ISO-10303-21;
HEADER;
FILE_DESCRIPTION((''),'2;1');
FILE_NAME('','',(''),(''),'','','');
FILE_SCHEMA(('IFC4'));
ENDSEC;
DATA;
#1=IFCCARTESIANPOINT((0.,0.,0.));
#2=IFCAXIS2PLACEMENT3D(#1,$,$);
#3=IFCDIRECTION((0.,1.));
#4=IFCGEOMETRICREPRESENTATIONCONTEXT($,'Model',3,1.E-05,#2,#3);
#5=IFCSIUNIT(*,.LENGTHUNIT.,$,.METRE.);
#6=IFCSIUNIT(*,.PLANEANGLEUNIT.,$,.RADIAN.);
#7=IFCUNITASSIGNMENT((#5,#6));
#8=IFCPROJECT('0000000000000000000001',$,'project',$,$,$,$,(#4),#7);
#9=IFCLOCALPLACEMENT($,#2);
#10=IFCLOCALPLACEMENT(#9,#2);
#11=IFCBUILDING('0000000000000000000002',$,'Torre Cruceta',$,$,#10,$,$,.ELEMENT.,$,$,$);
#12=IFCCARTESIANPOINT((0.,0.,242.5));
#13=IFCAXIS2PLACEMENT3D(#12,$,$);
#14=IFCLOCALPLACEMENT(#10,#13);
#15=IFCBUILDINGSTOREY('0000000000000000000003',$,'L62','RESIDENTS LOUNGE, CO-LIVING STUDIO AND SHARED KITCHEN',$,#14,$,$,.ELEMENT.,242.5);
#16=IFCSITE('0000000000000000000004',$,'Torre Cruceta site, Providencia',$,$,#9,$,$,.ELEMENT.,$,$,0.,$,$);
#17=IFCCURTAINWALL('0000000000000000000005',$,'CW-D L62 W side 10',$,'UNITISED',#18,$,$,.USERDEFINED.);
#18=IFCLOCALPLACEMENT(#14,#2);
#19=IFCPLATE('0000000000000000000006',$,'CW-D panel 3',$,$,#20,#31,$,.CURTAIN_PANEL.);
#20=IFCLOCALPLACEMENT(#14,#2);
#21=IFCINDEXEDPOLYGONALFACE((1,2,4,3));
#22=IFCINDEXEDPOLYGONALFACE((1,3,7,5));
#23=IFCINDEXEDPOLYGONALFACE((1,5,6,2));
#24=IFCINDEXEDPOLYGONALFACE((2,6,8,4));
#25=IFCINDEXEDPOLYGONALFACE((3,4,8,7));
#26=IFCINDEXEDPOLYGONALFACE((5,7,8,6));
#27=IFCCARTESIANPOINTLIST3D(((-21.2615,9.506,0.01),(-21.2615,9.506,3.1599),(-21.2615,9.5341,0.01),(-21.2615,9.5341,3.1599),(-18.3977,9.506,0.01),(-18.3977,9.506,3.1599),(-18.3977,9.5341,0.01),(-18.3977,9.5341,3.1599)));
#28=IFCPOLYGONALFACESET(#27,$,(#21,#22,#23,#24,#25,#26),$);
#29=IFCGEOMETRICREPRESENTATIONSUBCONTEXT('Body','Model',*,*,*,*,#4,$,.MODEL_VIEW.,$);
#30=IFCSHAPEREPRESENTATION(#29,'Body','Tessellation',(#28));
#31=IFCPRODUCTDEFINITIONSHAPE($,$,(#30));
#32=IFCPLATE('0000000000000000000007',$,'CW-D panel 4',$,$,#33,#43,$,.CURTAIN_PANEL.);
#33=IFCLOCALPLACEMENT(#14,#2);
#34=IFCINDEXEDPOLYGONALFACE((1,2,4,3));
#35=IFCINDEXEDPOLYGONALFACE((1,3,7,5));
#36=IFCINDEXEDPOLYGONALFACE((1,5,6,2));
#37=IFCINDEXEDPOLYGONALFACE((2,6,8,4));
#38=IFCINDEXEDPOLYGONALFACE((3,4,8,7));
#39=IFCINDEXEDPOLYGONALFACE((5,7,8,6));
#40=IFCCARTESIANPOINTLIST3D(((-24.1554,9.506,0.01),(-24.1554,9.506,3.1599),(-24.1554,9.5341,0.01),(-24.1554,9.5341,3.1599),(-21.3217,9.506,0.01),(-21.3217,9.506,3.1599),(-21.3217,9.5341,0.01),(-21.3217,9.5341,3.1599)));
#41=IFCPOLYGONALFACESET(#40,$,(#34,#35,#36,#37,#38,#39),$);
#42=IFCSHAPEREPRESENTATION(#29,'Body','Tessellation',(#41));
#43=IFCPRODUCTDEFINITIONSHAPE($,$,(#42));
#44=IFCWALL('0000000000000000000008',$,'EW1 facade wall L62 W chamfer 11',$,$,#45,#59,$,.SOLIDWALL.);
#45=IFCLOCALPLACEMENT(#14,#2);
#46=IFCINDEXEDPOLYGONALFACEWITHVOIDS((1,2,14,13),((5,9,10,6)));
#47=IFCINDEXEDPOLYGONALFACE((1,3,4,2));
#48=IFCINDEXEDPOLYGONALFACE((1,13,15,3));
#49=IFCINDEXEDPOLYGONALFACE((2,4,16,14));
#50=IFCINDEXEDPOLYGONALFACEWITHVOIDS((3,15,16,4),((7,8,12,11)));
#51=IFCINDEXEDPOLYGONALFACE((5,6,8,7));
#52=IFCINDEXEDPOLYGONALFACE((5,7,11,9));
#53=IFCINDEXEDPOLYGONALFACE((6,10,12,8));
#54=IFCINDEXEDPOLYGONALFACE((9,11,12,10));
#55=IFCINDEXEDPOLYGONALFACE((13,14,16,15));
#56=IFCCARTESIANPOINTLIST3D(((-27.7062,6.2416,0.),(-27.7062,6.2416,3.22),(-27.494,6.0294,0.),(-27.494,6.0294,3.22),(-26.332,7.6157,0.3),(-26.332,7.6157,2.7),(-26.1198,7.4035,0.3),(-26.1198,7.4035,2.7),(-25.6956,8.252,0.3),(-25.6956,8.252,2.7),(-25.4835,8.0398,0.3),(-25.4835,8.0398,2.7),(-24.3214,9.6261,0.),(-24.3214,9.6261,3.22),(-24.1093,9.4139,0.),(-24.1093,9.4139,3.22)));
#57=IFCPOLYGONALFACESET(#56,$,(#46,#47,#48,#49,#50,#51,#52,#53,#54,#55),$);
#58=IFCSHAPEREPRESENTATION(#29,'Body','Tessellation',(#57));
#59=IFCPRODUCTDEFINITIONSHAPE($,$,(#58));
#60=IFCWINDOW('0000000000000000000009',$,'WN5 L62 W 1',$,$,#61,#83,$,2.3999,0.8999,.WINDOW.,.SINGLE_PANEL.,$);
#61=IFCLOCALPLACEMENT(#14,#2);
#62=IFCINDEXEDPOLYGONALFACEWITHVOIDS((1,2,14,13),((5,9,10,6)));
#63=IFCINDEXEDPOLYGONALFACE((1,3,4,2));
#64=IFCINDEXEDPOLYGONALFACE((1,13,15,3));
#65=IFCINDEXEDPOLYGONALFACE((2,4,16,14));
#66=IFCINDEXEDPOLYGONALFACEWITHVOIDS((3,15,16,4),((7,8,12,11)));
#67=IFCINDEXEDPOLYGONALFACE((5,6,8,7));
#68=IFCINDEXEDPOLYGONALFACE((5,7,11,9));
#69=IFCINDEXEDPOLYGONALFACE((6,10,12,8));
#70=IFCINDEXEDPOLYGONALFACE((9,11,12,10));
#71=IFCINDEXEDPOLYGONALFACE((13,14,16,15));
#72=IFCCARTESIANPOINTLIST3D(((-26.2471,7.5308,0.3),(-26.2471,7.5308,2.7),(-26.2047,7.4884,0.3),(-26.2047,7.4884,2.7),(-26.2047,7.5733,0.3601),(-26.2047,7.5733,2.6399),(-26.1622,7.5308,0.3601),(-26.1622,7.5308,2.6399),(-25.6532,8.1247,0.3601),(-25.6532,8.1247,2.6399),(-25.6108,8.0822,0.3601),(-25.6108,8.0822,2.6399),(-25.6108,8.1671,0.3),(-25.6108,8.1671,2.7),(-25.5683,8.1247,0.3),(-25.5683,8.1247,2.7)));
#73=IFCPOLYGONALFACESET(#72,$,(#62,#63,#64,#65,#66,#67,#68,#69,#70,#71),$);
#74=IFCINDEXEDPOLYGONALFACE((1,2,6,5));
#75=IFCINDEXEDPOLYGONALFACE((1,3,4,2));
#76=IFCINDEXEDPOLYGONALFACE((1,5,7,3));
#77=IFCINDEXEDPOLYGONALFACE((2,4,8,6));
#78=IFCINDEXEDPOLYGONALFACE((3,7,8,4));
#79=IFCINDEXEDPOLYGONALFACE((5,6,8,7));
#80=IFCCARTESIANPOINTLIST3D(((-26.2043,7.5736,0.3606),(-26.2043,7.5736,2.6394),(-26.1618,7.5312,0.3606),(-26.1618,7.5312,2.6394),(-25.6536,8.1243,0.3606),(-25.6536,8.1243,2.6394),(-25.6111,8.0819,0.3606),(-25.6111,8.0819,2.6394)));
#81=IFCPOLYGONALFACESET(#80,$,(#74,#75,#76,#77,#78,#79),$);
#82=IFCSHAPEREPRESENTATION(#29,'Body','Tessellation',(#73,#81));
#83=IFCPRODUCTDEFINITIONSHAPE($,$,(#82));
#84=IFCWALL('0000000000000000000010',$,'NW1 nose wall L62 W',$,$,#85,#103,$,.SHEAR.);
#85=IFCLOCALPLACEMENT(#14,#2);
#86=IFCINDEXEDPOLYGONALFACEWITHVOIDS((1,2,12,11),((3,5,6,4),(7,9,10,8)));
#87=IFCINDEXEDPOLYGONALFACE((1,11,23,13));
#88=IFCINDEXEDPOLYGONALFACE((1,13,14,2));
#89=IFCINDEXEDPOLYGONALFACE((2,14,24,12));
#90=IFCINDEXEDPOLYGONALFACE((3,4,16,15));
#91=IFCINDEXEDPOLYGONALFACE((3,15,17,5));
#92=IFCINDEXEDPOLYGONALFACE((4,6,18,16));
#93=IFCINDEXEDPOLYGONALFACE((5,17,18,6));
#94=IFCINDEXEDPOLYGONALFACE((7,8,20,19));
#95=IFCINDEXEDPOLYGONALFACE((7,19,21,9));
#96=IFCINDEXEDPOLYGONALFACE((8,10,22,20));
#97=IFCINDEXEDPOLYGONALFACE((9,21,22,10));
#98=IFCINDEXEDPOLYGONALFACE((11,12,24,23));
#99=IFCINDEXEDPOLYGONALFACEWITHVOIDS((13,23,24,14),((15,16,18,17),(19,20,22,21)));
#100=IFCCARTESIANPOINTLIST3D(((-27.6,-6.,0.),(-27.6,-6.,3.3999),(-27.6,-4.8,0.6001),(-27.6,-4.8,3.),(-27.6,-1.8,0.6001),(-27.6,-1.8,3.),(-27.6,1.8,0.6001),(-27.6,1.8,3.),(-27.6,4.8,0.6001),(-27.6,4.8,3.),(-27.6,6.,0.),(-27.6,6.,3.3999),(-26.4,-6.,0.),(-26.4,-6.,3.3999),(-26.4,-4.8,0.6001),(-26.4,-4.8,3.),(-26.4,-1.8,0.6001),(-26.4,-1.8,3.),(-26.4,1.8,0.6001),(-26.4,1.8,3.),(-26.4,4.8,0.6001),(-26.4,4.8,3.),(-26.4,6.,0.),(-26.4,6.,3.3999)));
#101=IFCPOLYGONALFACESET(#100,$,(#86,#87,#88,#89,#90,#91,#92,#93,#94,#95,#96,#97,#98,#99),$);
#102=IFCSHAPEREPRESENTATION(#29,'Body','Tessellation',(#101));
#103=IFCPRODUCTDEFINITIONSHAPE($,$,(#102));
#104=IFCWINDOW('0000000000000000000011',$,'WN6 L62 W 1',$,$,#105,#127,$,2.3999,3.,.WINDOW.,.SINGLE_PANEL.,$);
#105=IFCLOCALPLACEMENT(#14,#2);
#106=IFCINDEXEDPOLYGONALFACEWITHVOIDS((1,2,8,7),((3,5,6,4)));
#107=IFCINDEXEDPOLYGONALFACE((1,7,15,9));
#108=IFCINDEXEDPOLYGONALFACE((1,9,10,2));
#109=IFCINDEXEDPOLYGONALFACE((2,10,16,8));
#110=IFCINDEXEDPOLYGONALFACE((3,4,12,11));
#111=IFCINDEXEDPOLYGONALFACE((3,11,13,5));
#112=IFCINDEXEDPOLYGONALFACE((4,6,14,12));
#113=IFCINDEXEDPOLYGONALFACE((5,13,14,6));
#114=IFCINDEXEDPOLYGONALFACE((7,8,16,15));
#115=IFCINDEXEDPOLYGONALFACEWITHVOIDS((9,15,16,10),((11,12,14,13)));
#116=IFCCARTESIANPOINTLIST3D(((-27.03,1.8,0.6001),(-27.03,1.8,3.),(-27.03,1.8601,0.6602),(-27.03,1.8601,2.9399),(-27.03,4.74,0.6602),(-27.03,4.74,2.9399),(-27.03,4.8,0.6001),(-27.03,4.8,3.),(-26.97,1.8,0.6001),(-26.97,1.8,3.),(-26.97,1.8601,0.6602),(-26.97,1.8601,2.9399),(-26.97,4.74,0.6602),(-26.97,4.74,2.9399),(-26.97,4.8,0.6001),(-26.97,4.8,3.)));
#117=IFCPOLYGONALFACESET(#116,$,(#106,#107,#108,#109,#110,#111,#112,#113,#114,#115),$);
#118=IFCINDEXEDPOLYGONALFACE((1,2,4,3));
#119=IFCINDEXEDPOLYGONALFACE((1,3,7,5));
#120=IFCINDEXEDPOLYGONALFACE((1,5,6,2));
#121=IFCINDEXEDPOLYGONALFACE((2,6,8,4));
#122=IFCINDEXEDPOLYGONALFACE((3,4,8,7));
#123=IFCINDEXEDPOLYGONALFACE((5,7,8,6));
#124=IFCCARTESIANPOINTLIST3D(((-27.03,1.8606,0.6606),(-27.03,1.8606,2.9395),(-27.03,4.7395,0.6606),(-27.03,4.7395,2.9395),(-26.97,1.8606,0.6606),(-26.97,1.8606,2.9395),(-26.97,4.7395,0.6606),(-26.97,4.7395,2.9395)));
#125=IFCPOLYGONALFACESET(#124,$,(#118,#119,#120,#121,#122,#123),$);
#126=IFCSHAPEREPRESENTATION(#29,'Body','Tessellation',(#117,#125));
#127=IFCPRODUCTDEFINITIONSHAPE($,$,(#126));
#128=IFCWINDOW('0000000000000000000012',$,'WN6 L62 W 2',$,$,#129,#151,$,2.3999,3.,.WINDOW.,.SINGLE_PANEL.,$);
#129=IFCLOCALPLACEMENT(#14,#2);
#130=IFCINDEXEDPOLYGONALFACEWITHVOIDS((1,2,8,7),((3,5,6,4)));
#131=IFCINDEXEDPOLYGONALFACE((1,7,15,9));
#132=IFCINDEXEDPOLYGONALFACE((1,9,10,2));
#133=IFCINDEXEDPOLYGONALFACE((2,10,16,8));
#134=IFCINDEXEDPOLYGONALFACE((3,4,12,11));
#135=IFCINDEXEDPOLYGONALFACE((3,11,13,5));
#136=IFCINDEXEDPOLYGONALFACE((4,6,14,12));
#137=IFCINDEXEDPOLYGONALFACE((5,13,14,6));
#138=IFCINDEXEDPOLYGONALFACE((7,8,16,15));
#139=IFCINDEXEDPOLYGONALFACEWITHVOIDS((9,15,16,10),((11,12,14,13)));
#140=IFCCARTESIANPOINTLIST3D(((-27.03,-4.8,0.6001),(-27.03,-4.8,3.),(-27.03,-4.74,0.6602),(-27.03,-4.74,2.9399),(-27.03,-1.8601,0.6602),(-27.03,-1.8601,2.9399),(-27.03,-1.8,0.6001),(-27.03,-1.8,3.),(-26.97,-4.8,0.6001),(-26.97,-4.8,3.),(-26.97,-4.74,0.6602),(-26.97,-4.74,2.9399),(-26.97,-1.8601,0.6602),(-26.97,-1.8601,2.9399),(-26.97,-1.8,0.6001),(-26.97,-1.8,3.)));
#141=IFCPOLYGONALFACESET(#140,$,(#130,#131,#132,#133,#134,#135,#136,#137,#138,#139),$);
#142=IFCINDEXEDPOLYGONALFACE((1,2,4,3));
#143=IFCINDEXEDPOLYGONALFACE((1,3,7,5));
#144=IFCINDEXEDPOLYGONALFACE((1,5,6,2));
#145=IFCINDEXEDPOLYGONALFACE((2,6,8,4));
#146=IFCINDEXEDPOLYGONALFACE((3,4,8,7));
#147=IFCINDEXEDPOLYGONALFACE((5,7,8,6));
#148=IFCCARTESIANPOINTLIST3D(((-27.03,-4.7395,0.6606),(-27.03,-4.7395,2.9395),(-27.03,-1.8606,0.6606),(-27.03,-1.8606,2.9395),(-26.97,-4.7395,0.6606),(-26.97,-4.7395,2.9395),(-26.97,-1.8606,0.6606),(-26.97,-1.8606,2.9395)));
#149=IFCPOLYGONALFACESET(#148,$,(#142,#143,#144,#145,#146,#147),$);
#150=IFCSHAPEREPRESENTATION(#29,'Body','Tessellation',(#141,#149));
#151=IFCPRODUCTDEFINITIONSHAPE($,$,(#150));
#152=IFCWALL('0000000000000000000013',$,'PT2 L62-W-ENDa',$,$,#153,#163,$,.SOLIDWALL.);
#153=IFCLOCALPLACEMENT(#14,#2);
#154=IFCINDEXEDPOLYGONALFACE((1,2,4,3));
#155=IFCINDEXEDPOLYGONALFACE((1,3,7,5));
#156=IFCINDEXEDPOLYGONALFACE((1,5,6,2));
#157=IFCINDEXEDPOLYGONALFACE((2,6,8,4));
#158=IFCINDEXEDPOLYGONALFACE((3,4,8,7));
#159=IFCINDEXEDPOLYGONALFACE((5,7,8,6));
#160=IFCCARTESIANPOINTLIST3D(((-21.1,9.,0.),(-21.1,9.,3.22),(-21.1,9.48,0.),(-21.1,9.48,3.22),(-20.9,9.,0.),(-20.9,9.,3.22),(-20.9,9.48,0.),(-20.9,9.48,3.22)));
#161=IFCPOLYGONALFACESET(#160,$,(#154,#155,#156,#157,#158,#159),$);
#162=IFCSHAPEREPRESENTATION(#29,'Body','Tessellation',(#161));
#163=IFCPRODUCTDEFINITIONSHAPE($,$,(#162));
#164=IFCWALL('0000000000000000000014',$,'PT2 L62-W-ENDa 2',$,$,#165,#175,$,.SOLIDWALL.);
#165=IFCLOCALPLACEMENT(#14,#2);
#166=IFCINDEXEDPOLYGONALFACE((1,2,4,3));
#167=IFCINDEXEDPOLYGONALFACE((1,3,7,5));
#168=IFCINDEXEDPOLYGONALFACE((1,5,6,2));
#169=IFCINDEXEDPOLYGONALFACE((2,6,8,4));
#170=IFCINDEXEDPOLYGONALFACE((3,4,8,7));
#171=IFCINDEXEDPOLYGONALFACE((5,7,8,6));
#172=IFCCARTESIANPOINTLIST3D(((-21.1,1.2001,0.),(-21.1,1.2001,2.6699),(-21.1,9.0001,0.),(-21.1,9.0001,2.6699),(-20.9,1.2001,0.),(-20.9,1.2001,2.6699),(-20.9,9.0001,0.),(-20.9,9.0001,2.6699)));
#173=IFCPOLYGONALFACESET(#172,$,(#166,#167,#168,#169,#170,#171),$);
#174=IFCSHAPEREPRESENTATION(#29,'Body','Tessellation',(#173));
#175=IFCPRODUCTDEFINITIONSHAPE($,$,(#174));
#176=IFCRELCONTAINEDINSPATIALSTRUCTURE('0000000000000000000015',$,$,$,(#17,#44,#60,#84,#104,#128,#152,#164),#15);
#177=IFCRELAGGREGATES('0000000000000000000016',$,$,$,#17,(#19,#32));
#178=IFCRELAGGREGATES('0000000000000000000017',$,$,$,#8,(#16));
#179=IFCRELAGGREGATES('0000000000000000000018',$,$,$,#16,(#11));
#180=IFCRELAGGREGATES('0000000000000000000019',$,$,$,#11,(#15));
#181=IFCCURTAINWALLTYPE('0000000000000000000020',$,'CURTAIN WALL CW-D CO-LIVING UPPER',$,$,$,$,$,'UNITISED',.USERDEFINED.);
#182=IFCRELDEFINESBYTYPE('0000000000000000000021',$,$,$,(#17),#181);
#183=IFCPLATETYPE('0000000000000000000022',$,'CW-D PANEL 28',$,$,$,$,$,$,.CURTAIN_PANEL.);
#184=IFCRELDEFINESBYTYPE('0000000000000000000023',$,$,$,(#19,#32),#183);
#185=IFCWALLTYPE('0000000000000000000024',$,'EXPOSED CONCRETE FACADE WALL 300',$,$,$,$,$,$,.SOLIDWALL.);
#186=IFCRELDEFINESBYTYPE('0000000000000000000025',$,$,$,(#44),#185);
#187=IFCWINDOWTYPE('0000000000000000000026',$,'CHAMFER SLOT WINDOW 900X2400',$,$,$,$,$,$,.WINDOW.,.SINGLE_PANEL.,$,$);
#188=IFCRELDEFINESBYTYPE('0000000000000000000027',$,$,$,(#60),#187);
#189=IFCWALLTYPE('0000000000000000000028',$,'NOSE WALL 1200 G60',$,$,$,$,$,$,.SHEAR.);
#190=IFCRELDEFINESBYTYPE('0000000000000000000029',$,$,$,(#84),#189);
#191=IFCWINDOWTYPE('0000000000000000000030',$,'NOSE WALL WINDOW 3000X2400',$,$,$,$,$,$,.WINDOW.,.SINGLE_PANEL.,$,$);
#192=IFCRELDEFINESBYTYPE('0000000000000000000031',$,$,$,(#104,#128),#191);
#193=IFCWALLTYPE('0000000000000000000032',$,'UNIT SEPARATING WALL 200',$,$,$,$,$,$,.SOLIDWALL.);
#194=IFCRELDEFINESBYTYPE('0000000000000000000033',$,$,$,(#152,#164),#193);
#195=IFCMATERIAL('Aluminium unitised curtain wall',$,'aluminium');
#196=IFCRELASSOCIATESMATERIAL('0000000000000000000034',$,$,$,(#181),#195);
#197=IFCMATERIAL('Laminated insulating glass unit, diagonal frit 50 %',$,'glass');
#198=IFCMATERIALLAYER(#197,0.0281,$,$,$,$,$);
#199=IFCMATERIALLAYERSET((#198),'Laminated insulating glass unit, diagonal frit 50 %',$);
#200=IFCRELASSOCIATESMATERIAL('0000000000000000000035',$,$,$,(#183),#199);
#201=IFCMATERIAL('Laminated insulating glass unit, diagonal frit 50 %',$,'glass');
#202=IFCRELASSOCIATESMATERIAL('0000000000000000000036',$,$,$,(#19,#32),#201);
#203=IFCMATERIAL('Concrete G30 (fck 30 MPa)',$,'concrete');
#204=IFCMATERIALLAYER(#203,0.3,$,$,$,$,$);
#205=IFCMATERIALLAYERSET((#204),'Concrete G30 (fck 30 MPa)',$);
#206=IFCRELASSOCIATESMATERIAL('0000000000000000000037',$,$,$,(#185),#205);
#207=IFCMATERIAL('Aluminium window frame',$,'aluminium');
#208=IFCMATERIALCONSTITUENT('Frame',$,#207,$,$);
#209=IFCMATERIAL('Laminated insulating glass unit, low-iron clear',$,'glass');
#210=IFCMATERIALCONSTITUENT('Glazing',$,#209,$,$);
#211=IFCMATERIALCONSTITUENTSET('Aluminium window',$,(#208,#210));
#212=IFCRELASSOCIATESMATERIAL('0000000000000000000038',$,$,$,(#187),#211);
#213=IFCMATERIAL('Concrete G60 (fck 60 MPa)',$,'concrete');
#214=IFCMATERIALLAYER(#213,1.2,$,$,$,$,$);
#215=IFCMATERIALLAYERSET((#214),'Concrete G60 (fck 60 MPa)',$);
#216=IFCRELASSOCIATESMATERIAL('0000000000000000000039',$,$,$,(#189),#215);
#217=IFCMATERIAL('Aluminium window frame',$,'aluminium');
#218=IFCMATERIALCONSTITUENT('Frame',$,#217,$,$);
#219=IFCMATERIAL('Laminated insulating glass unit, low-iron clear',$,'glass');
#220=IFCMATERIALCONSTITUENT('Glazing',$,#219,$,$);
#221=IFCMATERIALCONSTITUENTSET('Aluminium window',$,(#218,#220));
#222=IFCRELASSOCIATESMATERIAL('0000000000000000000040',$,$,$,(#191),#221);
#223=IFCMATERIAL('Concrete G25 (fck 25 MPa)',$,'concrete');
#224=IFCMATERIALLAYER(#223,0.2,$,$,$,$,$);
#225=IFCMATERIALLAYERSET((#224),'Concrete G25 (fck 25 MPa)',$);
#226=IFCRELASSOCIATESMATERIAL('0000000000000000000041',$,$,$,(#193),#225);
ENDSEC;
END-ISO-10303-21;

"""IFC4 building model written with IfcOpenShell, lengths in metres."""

from ifc_helpers import new_model, si_unit, direction, frame, frame_2d, origin, origin_2d, place, context, subcontext, project, spatial, rectangle, hollow_rectangle, extrude, material, layer, layer_set, constituent, constituent_set, type_object, element, fill, aggregate, save


model = new_model("IFC4")

# Units and contexts
model_context = context("Model", 3, precision=1e-05, world=origin(), true_north=direction((0.0, 1.0)))
body_context = subcontext(model_context, "Body", "Model", "MODEL_VIEW")
ifc_project = project(units=[si_unit("LENGTHUNIT", "METRE"), si_unit("PLANEANGLEUNIT", "RADIAN")], contexts=[model_context])

# Site, building, storey
site_placement = place(None, origin())
site = spatial("IfcSite", under=ifc_project, at=site_placement, Name="Torre Cruceta site, Providencia", CompositionType="ELEMENT", RefElevation=0.0)
building_placement = place(site_placement, origin())
building = spatial("IfcBuilding", under=site, at=building_placement, Name="Torre Cruceta", CompositionType="ELEMENT")
storey_placement = place(building_placement, frame((0.0, 0.0, 242.5)))
storey = spatial("IfcBuildingStorey", under=building, at=storey_placement, Name="L62", Description="RESIDENTS LOUNGE, CO-LIVING STUDIO AND SHARED KITCHEN", CompositionType="ELEMENT", Elevation=242.5)

# Curtain wall
ifc_material_1 = material(Name="Aluminium unitised curtain wall", Category="aluminium")
curtain_wall_type = type_object("IfcCurtainWallType", Name="CURTAIN WALL CW-D CO-LIVING UPPER", ElementType="UNITISED", PredefinedType="USERDEFINED", material=ifc_material_1)
curtain_wall_placement = place(storey_placement, origin())
curtain_wall = element("IfcCurtainWall", 1, at=curtain_wall_placement, inside=storey, type_object=curtain_wall_type, Name="CW-D L62 W side 10", ObjectType="UNITISED", PredefinedType="USERDEFINED")

# Plates
ifc_material_2 = material(Name="Laminated insulating glass unit, diagonal frit 50 %", Category="glass")
ifc_material_3 = material(Name="Laminated insulating glass unit, diagonal frit 50 %", Category="glass")
ifc_layer_1 = layer(ifc_material_3, 0.0281)
ifc_layer_set_1 = layer_set([ifc_layer_1], Name="Laminated insulating glass unit, diagonal frit 50 %")
plate_type = type_object("IfcPlateType", Name="CW-D PANEL 28", PredefinedType="CURTAIN_PANEL", material=ifc_layer_set_1)
plate_1_placement = place(storey_placement, frame((-19.8296, 9.52, 0.01), z_axis=(0.0, 0.0, 1.0), x_axis=(-1.0, 0.0, 0.0)))
plate_1 = element("IfcPlate", 2, at=plate_1_placement, type_object=plate_type, material=ifc_material_2, Name="CW-D panel 3", PredefinedType="CURTAIN_PANEL", context=body_context, shape_type="SweptSolid", body=[
    extrude(rectangle(XDim=2.8638, YDim=0.0281, at=origin_2d()), origin(), (0.0, 0.0, 1.0), 3.1499),
])
plate_2_placement = place(storey_placement, frame((-22.7385, 9.52, 0.01), z_axis=(0.0, 0.0, 1.0), x_axis=(-1.0, 0.0, 0.0)))
plate_2 = element("IfcPlate", 3, at=plate_2_placement, type_object=plate_type, material=ifc_material_2, Name="CW-D panel 4", PredefinedType="CURTAIN_PANEL", context=body_context, shape_type="SweptSolid", body=[
    extrude(rectangle(XDim=2.8337, YDim=0.0281, at=origin_2d()), origin(), (0.0, 0.0, 1.0), 3.1499),
])
aggregate(curtain_wall, [plate_1, plate_2])

# Wall, opening, window
ifc_material_4 = material(Name="Concrete G30 (fck 30 MPa)", Category="concrete")
ifc_layer_2 = layer(ifc_material_4, 0.3)
ifc_layer_set_2 = layer_set([ifc_layer_2], Name="Concrete G30 (fck 30 MPa)")
wall_type_1 = type_object("IfcWallType", Name="EXPOSED CONCRETE FACADE WALL 300", PredefinedType="SOLIDWALL", material=ifc_layer_set_2)
wall_1_placement = place(storey_placement, frame((-24.2153, 9.52, 0.0), z_axis=(0.0, 0.0, 1.0), x_axis=(-0.707132, -0.707081, 0.0)))
wall_1 = element("IfcWall", 4, at=wall_1_placement, inside=storey, type_object=wall_type_1, Name="EW1 facade wall L62 W chamfer 11", PredefinedType="SOLIDWALL", context=body_context, shape_type="SweptSolid", body=[
    extrude(rectangle(XDim=4.7866, YDim=0.3, at=frame_2d((2.3933, 0.0))), origin(), (0.0, 0.0, 1.0), 3.22),
])
opening_1_placement = place(wall_1_placement, frame((1.9434, 0.0, 0.3)))
opening_1 = element("IfcOpeningElement", 5, at=opening_1_placement, cuts=wall_1, PredefinedType="OPENING", context=body_context, shape_type="SweptSolid", body=[
    extrude(rectangle(XDim=0.8999, YDim=2.3999, at=frame_2d((0.45, 1.2))), frame((0.0, 0.1599, 0.0), z_axis=(0.0, -1.0, 0.0), x_axis=(1.0, 0.0, 0.0)), (0.0, 0.0, 1.0), 0.3201),
])
ifc_material_5 = material(Name="Aluminium window frame", Category="aluminium")
ifc_constituent_1 = constituent(ifc_material_5, Name="Frame")
ifc_material_6 = material(Name="Laminated insulating glass unit, low-iron clear", Category="glass")
ifc_constituent_2 = constituent(ifc_material_6, Name="Glazing")
ifc_constituent_set_1 = constituent_set(constituents=[ifc_constituent_1, ifc_constituent_2], Name="Aluminium window")
window_type_1 = type_object("IfcWindowType", Name="CHAMFER SLOT WINDOW 900X2400", PartitioningType="SINGLE_PANEL", PredefinedType="WINDOW", material=ifc_constituent_set_1)
window_1_placement = place(opening_1_placement, origin())
window_1 = element("IfcWindow", 6, at=window_1_placement, inside=storey, type_object=window_type_1, Name="WN5 L62 W 1", OverallHeight=2.3999, OverallWidth=0.8999, PartitioningType="SINGLE_PANEL", PredefinedType="WINDOW", context=body_context, shape_type="SweptSolid", body=[
    extrude(hollow_rectangle(XDim=0.8999, YDim=2.3999, WallThickness=0.0601, at=frame_2d((0.45, 1.2))), frame((0.0, 0.03, 0.0), z_axis=(0.0, -1.0, 0.0), x_axis=(1.0, 0.0, 0.0)), (0.0, 0.0, 1.0), 0.0601),
    extrude(rectangle(XDim=0.7788, YDim=2.2788, at=frame_2d((0.45, 1.2))), frame((0.0, 0.03, 0.0), z_axis=(0.0, -1.0, 0.0), x_axis=(1.0, 0.0, 0.0)), (0.0, 0.0, 1.0), 0.0601),
])
fill(opening_1, window_1)

# Wall, openings, windows
ifc_material_7 = material(Name="Concrete G60 (fck 60 MPa)", Category="concrete")
ifc_layer_3 = layer(ifc_material_7, 1.2)
ifc_layer_set_3 = layer_set([ifc_layer_3], Name="Concrete G60 (fck 60 MPa)")
wall_type_2 = type_object("IfcWallType", Name="NOSE WALL 1200 G60", PredefinedType="SHEAR", material=ifc_layer_set_3)
wall_2_placement = place(storey_placement, frame((-27.0, 6.0, 0.0), z_axis=(0.0, 0.0, 1.0), x_axis=(0.0, -1.0, 0.0)))
wall_2 = element("IfcWall", 7, at=wall_2_placement, inside=storey, type_object=wall_type_2, Name="NW1 nose wall L62 W", PredefinedType="SHEAR", context=body_context, shape_type="SweptSolid", body=[
    extrude(rectangle(XDim=12.0, YDim=1.2, at=frame_2d((6.0, 0.0))), origin(), (0.0, 0.0, 1.0), 3.3999),
])
opening_2_placement = place(wall_2_placement, frame((1.2, 0.0, 0.6001)))
opening_2 = element("IfcOpeningElement", 8, at=opening_2_placement, cuts=wall_2, PredefinedType="OPENING", context=body_context, shape_type="SweptSolid", body=[
    extrude(rectangle(XDim=3.0, YDim=2.3999, at=frame_2d((1.5, 1.2))), frame((0.0, 0.6099, 0.0), z_axis=(0.0, -1.0, 0.0), x_axis=(1.0, 0.0, 0.0)), (0.0, 0.0, 1.0), 1.22),
])
opening_3_placement = place(wall_2_placement, frame((7.8, 0.0, 0.6001)))
opening_3 = element("IfcOpeningElement", 9, at=opening_3_placement, cuts=wall_2, PredefinedType="OPENING", context=body_context, shape_type="SweptSolid", body=[
    extrude(rectangle(XDim=3.0, YDim=2.3999, at=frame_2d((1.5, 1.2))), frame((0.0, 0.6099, 0.0), z_axis=(0.0, -1.0, 0.0), x_axis=(1.0, 0.0, 0.0)), (0.0, 0.0, 1.0), 1.22),
])
ifc_material_8 = material(Name="Aluminium window frame", Category="aluminium")
ifc_constituent_3 = constituent(ifc_material_8, Name="Frame")
ifc_material_9 = material(Name="Laminated insulating glass unit, low-iron clear", Category="glass")
ifc_constituent_4 = constituent(ifc_material_9, Name="Glazing")
ifc_constituent_set_2 = constituent_set(constituents=[ifc_constituent_3, ifc_constituent_4], Name="Aluminium window")
window_type_2 = type_object("IfcWindowType", Name="NOSE WALL WINDOW 3000X2400", PartitioningType="SINGLE_PANEL", PredefinedType="WINDOW", material=ifc_constituent_set_2)
window_2_placement = place(opening_2_placement, origin())
window_2 = element("IfcWindow", 10, at=window_2_placement, inside=storey, type_object=window_type_2, Name="WN6 L62 W 1", OverallHeight=2.3999, OverallWidth=3.0, PartitioningType="SINGLE_PANEL", PredefinedType="WINDOW", context=body_context, shape_type="SweptSolid", body=[
    extrude(hollow_rectangle(XDim=3.0, YDim=2.3999, WallThickness=0.0601, at=frame_2d((1.5, 1.2))), frame((0.0, 0.03, 0.0), z_axis=(0.0, -1.0, 0.0), x_axis=(1.0, 0.0, 0.0)), (0.0, 0.0, 1.0), 0.0601),
    extrude(rectangle(XDim=2.8789, YDim=2.2788, at=frame_2d((1.5, 1.2))), frame((0.0, 0.03, 0.0), z_axis=(0.0, -1.0, 0.0), x_axis=(1.0, 0.0, 0.0)), (0.0, 0.0, 1.0), 0.0601),
])
fill(opening_2, window_2)
window_3_placement = place(opening_3_placement, origin())
window_3 = element("IfcWindow", 11, at=window_3_placement, inside=storey, type_object=window_type_2, Name="WN6 L62 W 2", OverallHeight=2.3999, OverallWidth=3.0, PartitioningType="SINGLE_PANEL", PredefinedType="WINDOW", context=body_context, shape_type="SweptSolid", body=[
    extrude(hollow_rectangle(XDim=3.0, YDim=2.3999, WallThickness=0.0601, at=frame_2d((1.5, 1.2))), frame((0.0, 0.03, 0.0), z_axis=(0.0, -1.0, 0.0), x_axis=(1.0, 0.0, 0.0)), (0.0, 0.0, 1.0), 0.0601),
    extrude(rectangle(XDim=2.8789, YDim=2.2788, at=frame_2d((1.5, 1.2))), frame((0.0, 0.03, 0.0), z_axis=(0.0, -1.0, 0.0), x_axis=(1.0, 0.0, 0.0)), (0.0, 0.0, 1.0), 0.0601),
])
fill(opening_3, window_3)

# Walls
ifc_material_10 = material(Name="Concrete G25 (fck 25 MPa)", Category="concrete")
ifc_layer_4 = layer(ifc_material_10, 0.2)
ifc_layer_set_4 = layer_set([ifc_layer_4], Name="Concrete G25 (fck 25 MPa)")
wall_type_3 = type_object("IfcWallType", Name="UNIT SEPARATING WALL 200", PredefinedType="SOLIDWALL", material=ifc_layer_set_4)
wall_3_placement = place(storey_placement, frame((-21.0, 9.48, 0.0), z_axis=(0.0, 0.0, 1.0), x_axis=(0.0, -1.0, 0.0)))
element("IfcWall", 12, at=wall_3_placement, inside=storey, type_object=wall_type_3, Name="PT2 L62-W-ENDa", PredefinedType="SOLIDWALL", context=body_context, shape_type="SweptSolid", body=[
    extrude(rectangle(XDim=0.48, YDim=0.2, at=frame_2d((0.24, 0.0))), origin(), (0.0, 0.0, 1.0), 3.22),
])
wall_4_placement = place(storey_placement, frame((-21.0, 9.0, 0.0), z_axis=(0.0, 0.0, 1.0), x_axis=(0.0, -1.0, 0.0)))
element("IfcWall", 13, at=wall_4_placement, inside=storey, type_object=wall_type_3, Name="PT2 L62-W-ENDa 2", PredefinedType="SOLIDWALL", context=body_context, shape_type="SweptSolid", body=[
    extrude(rectangle(XDim=7.8, YDim=0.2, at=frame_2d((3.8999, 0.0))), origin(), (0.0, 0.0, 1.0), 2.6699),
])

save(model, "model.ifc")
